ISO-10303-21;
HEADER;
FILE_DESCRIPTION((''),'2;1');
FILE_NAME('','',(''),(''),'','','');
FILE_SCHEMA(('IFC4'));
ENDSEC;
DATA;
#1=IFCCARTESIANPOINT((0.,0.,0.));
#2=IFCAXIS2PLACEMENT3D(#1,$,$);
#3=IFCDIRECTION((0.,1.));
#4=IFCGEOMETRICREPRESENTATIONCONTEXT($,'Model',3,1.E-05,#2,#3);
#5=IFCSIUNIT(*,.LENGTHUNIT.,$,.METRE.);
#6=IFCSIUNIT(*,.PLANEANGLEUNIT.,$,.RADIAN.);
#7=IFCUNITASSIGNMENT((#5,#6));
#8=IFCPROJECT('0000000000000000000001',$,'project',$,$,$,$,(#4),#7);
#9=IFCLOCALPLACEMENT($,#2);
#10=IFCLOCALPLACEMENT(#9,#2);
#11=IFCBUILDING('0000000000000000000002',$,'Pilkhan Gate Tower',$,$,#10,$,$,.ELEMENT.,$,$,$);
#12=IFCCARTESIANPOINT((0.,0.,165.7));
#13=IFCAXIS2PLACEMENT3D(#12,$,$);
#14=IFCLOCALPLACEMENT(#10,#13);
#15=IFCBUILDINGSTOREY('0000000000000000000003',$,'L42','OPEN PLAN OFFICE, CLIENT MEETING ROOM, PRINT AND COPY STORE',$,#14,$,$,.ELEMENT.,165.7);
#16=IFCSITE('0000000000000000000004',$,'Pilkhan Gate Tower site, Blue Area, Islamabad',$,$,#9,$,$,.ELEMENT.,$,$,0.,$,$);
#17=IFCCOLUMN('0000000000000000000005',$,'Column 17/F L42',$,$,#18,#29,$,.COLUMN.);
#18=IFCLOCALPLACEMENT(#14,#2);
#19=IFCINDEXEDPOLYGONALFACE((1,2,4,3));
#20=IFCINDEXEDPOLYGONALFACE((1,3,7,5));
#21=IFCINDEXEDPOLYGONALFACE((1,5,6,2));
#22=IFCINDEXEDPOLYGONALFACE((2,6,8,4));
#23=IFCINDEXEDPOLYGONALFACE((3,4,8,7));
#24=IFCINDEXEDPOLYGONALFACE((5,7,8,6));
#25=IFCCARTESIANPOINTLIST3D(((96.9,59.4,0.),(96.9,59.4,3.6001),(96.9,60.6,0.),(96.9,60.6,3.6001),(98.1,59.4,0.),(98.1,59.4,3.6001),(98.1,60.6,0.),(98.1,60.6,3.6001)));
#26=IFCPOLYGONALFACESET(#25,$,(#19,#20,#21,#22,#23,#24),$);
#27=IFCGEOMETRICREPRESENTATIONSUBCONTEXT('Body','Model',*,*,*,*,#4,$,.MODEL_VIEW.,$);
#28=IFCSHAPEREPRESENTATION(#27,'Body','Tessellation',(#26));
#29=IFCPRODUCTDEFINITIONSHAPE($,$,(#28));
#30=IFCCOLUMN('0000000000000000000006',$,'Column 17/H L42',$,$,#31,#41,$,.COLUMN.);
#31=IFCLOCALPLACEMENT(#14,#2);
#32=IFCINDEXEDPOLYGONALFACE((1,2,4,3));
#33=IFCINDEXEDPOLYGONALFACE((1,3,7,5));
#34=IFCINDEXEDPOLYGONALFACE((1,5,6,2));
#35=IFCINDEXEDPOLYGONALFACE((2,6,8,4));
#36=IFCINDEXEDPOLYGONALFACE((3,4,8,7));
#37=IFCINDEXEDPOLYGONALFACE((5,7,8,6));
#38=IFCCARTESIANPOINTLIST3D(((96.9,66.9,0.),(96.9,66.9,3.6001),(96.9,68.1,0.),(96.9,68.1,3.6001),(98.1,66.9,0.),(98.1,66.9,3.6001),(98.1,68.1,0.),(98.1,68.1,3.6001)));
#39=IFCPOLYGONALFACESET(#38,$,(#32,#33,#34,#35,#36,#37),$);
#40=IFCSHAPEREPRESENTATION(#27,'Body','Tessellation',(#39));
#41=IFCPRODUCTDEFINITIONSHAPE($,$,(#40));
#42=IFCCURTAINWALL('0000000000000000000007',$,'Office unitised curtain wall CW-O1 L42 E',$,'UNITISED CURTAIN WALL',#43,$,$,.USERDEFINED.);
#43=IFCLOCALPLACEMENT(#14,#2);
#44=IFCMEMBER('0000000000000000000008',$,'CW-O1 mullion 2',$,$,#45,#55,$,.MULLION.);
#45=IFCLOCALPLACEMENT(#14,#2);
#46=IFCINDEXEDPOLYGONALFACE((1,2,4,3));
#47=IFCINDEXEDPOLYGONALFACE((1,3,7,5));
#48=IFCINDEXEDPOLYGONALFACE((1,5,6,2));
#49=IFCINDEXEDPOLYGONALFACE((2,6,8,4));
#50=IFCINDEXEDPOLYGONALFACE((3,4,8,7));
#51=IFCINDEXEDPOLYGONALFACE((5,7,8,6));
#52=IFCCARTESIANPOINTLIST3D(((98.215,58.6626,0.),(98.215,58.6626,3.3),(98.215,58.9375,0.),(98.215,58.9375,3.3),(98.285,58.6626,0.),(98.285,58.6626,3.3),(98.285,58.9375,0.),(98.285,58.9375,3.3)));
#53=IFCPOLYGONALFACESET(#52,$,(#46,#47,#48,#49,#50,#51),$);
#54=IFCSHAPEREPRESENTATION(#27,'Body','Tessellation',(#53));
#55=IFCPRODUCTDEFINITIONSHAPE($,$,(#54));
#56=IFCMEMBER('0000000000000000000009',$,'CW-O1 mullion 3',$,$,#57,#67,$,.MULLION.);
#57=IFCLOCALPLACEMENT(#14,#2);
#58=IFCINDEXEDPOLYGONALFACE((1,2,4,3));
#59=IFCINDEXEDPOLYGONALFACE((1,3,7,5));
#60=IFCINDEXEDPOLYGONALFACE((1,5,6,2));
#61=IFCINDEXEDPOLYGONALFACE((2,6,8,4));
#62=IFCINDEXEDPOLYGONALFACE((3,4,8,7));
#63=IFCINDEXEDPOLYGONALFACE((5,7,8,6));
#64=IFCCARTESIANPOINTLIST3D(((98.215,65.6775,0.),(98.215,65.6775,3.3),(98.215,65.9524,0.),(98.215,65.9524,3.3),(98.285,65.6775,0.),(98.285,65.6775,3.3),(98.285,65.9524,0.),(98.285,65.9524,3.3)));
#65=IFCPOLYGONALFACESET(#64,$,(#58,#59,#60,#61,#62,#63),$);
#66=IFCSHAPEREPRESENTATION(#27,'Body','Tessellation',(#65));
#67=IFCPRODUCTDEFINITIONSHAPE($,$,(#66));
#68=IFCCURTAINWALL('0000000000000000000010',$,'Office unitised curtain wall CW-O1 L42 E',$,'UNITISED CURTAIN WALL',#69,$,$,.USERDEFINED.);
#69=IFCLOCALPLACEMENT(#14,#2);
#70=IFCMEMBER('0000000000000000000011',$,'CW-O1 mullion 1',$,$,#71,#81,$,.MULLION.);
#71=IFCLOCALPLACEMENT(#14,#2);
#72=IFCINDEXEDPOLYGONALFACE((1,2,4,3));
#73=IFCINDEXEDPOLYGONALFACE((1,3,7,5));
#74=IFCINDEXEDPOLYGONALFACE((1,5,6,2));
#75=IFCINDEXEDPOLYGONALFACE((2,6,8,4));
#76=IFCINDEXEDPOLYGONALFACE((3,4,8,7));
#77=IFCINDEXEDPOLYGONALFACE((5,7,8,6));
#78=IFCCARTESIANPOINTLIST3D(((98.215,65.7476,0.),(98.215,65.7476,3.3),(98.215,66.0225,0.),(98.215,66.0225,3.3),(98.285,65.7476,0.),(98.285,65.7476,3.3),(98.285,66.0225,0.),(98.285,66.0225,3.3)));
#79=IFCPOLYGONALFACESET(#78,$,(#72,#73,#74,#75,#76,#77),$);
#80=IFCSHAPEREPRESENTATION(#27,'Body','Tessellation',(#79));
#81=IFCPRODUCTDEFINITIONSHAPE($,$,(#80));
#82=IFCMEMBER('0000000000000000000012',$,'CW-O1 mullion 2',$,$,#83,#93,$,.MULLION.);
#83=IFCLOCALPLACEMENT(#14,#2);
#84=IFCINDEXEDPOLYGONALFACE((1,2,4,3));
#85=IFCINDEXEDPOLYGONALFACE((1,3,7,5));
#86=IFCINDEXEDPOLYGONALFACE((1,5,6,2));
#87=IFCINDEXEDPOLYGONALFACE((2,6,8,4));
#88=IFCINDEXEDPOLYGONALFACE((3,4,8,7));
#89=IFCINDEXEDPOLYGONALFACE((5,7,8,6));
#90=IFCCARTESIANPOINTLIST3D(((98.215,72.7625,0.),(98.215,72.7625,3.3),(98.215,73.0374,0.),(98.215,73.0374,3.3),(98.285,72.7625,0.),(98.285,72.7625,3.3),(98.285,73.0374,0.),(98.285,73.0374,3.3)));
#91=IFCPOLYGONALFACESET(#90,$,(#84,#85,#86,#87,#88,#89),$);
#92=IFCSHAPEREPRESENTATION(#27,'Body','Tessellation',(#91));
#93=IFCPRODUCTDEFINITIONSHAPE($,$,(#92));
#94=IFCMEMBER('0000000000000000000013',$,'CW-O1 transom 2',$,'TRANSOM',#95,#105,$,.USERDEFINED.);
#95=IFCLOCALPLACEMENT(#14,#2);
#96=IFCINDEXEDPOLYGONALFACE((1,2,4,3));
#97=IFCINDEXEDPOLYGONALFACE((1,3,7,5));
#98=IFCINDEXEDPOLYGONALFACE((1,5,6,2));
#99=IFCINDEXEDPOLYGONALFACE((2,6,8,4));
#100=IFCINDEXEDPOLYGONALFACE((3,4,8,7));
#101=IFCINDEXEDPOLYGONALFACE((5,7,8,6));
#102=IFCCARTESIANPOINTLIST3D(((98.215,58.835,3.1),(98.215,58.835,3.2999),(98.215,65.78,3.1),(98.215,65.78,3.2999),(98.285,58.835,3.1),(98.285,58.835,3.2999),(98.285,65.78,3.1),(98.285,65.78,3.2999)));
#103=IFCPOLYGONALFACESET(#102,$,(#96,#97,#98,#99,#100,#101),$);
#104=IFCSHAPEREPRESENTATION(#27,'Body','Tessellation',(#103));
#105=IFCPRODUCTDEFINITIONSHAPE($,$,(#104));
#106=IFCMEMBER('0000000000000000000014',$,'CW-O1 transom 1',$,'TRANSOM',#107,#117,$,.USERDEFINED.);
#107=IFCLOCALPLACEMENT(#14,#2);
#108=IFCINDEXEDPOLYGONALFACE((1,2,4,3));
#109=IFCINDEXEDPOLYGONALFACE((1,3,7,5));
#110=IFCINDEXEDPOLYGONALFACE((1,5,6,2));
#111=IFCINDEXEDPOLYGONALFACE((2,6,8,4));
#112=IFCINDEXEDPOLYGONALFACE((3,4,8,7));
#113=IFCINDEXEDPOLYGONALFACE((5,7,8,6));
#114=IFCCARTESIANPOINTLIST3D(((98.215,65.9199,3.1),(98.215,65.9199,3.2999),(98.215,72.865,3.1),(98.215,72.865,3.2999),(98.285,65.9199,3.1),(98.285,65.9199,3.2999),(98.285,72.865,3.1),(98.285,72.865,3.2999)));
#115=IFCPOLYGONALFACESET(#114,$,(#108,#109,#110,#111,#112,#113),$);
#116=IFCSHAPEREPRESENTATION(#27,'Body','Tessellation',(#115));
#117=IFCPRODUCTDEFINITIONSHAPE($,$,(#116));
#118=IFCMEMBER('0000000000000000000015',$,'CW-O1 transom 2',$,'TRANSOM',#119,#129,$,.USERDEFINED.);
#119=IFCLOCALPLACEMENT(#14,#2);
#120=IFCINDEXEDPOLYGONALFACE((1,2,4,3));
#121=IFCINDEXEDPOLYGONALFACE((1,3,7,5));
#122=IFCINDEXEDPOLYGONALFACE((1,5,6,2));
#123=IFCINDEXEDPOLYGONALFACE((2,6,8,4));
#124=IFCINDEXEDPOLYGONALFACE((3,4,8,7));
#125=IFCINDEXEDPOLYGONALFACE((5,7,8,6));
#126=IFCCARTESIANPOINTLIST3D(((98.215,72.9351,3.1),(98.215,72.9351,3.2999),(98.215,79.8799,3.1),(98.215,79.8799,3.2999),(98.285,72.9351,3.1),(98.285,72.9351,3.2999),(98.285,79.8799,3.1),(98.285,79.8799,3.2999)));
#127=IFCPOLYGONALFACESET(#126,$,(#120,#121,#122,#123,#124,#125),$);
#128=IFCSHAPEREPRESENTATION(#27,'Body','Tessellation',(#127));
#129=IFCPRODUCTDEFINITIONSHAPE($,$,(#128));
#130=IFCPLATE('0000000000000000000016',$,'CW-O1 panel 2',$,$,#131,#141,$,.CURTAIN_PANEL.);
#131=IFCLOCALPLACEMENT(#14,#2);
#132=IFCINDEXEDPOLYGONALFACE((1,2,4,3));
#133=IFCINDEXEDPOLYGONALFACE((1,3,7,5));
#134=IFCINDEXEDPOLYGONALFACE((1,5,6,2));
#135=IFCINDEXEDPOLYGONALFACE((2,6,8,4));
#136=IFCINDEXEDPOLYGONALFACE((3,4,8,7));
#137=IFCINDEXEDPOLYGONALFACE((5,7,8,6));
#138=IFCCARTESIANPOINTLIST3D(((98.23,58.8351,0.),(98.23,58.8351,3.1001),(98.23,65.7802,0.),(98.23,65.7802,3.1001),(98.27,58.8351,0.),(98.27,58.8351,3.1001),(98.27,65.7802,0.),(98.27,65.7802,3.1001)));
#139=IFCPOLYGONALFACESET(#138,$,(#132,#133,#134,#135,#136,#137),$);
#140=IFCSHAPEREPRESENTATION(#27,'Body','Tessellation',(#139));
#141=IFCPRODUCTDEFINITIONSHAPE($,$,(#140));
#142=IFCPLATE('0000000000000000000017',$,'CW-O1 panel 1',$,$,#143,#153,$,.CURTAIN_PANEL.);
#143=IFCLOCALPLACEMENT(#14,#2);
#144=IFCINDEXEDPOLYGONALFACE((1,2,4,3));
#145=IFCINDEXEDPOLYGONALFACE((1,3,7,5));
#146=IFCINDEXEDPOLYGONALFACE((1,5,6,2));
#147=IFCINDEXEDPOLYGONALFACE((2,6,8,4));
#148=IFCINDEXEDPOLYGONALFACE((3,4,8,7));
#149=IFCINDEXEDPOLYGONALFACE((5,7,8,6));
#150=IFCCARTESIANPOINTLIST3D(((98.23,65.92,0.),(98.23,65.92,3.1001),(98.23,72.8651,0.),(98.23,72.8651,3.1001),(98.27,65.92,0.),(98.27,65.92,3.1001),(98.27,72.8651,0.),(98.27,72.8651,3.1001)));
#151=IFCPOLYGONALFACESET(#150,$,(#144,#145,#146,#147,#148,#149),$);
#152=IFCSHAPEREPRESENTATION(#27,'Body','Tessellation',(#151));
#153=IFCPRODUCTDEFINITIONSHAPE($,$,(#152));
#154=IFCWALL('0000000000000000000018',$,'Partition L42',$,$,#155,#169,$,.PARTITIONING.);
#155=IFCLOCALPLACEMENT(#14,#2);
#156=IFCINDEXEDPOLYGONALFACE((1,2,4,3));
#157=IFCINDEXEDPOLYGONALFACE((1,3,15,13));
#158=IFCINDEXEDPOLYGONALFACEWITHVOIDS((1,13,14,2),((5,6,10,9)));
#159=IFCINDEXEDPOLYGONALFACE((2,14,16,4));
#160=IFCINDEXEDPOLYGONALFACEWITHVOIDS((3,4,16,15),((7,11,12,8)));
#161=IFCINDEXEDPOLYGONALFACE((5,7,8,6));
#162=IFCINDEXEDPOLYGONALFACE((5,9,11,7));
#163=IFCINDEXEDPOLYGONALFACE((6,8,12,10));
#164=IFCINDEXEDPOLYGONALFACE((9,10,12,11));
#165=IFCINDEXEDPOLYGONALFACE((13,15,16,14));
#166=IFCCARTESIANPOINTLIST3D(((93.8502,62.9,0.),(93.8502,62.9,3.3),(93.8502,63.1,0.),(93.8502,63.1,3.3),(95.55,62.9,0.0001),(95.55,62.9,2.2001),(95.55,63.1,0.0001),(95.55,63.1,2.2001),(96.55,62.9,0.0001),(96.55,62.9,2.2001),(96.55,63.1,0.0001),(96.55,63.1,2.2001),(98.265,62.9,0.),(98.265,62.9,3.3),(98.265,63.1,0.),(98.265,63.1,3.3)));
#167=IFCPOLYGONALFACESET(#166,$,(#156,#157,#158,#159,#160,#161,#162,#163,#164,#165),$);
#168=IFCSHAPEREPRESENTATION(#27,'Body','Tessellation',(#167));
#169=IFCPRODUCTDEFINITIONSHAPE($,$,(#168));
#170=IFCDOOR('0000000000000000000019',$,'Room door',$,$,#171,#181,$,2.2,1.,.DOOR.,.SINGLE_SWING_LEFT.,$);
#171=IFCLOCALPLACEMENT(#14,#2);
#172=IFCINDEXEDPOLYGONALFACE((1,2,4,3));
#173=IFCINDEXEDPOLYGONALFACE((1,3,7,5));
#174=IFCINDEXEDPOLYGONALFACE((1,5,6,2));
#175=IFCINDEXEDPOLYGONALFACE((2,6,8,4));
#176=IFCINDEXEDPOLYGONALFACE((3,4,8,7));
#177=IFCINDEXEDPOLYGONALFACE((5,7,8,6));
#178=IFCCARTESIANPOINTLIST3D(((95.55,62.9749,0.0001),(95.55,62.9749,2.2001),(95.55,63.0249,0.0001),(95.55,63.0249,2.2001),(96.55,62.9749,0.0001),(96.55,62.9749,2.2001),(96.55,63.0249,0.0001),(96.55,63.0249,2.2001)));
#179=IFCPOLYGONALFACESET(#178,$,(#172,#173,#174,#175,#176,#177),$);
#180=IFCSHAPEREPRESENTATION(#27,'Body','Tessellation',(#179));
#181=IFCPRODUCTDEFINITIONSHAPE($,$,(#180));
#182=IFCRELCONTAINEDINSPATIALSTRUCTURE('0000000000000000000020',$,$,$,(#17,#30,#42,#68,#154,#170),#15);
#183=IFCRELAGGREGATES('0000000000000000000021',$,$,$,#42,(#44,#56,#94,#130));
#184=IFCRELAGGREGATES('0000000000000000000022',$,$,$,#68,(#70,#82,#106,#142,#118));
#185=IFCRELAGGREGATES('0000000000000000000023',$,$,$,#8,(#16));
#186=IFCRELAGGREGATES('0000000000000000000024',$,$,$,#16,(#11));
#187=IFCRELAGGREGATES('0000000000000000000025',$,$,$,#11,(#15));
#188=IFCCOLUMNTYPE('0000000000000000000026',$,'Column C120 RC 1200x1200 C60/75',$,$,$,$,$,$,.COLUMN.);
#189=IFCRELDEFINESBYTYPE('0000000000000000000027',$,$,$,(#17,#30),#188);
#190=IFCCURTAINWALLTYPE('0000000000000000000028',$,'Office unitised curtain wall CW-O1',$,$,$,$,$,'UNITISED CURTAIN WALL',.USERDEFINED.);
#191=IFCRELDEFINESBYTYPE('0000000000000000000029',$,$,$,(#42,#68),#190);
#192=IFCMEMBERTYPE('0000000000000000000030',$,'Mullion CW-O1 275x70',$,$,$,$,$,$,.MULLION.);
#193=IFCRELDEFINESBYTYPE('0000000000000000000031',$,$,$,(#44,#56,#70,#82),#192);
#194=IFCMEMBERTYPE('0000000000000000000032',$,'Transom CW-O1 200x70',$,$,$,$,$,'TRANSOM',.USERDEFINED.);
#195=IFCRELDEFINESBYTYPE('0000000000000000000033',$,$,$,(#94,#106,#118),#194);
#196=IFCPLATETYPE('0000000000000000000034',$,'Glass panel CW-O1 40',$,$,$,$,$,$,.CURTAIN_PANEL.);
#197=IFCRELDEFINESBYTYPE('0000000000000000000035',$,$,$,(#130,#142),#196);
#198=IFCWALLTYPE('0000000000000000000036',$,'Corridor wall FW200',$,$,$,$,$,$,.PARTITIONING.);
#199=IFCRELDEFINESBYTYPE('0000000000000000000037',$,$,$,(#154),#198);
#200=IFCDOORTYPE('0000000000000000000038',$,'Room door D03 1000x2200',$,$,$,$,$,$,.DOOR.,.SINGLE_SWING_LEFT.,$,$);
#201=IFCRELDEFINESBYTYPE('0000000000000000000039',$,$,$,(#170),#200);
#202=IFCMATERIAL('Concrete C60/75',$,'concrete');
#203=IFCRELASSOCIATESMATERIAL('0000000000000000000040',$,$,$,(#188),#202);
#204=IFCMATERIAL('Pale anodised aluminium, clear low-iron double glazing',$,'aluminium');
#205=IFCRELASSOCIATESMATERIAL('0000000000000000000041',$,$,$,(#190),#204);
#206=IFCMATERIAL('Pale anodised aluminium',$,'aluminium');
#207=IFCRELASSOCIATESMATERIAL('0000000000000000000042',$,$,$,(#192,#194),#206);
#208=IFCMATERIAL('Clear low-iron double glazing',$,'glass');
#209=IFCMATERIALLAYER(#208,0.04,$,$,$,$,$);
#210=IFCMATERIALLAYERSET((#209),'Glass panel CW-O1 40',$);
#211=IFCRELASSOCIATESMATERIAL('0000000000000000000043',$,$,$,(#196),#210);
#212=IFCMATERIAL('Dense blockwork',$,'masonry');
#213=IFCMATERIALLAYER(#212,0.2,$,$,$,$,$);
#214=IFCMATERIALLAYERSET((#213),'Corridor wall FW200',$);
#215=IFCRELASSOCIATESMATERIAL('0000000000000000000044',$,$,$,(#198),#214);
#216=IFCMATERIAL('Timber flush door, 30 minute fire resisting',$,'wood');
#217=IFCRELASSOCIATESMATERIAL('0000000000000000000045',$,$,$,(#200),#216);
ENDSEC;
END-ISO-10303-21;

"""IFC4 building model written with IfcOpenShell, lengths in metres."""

from ifc_helpers import new_model, si_unit, direction, frame, frame_2d, origin, origin_2d, place, context, subcontext, project, spatial, rectangle, extrude, material, layer, layer_set, material_profile, profile_set, type_object, element, fill, aggregate, save


model = new_model("IFC4")

# Units and contexts
model_context = context("Model", 3, precision=1e-05, world=origin(), true_north=direction((0.0, 1.0)))
body_context = subcontext(model_context, "Body", "Model", "MODEL_VIEW")
ifc_project = project(units=[si_unit("LENGTHUNIT", "METRE"), si_unit("PLANEANGLEUNIT", "RADIAN")], contexts=[model_context])

# Site, building, storey
site_placement = place(None, origin())
site = spatial("IfcSite", under=ifc_project, at=site_placement, Name="Pilkhan Gate Tower site, Blue Area, Islamabad", CompositionType="ELEMENT", RefElevation=0.0)
building_placement = place(site_placement, origin())
building = spatial("IfcBuilding", under=site, at=building_placement, Name="Pilkhan Gate Tower", CompositionType="ELEMENT")
storey_placement = place(building_placement, frame((0.0, 0.0, 165.7)))
storey = spatial("IfcBuildingStorey", under=building, at=storey_placement, Name="L42", Description="OPEN PLAN OFFICE, CLIENT MEETING ROOM, PRINT AND COPY STORE", CompositionType="ELEMENT", Elevation=165.7)

# Columns
ifc_material_1 = material(Name="Concrete C60/75", Category="concrete")
ifc_material_profile_1 = material_profile(ifc_material_1, rectangle(XDim=1.2, YDim=1.2, at=origin_2d()), Name="RC 1200x1200")
ifc_profile_set_1 = profile_set([ifc_material_profile_1], Name="Concrete C60/75")
column_type = type_object("IfcColumnType", Name="Column C120 RC 1200x1200 C60/75", PredefinedType="COLUMN", material=ifc_profile_set_1)
for number, where, z_axis, x_axis, name in (
    (1, (97.5, 60.0, 0.0), (0.0, 0.0, 1.0), (1.0, 0.0, 0.0), "Column 17/F L42"),
    (2, (97.5, 67.5, 0.0), (0.0, 0.0, 1.0), (1.0, 0.0, 0.0), "Column 17/H L42"),
):
    element("IfcColumn", number, at=place(storey_placement, frame(where, z_axis=z_axis, x_axis=x_axis)), inside=storey, type_object=column_type, Name=name, PredefinedType="COLUMN", context=body_context, shape_type="SweptSolid", body=[
        extrude(rectangle(XDim=1.2, YDim=1.2, at=origin_2d()), origin(), (0.0, 0.0, 1.0), 3.6001),
    ])

# Curtain walls, members
ifc_material_2 = material(Name="Pale anodised aluminium, clear low-iron double glazing", Category="aluminium")
curtain_wall_type = type_object("IfcCurtainWallType", Name="Office unitised curtain wall CW-O1", ElementType="UNITISED CURTAIN WALL", PredefinedType="USERDEFINED", material=ifc_material_2)
curtain_wall_1_placement = place(storey_placement, origin())
curtain_wall_1 = element("IfcCurtainWall", 3, at=curtain_wall_1_placement, inside=storey, type_object=curtain_wall_type, Name="Office unitised curtain wall CW-O1 L42 E", ObjectType="UNITISED CURTAIN WALL", PredefinedType="USERDEFINED")
ifc_material_3 = material(Name="Pale anodised aluminium", Category="aluminium")
ifc_material_profile_2 = material_profile(ifc_material_3, rectangle(XDim=0.0701, YDim=0.2749, at=origin_2d()), Name="Mullion 275x70")
ifc_profile_set_2 = profile_set([ifc_material_profile_2], Name="Pale anodised aluminium")
member_type_1 = type_object("IfcMemberType", Name="Mullion CW-O1 275x70", PredefinedType="MULLION", material=ifc_profile_set_2)
member_1_placement = place(storey_placement, frame((98.25, 58.8, 0.0), z_axis=(0.0, 0.0, 1.0), x_axis=(-1.0, 0.0, 0.0)))
member_1 = element("IfcMember", 4, at=member_1_placement, type_object=member_type_1, Name="CW-O1 mullion 2", PredefinedType="MULLION", context=body_context, shape_type="SweptSolid", body=[
    extrude(rectangle(XDim=0.0701, YDim=0.2749, at=origin_2d()), origin(), (0.0, 0.0, 1.0), 3.3),
])
member_2_placement = place(storey_placement, frame((98.25, 65.8149, 0.0), z_axis=(0.0, 0.0, 1.0), x_axis=(-1.0, 0.0, 0.0)))
member_2 = element("IfcMember", 5, at=member_2_placement, type_object=member_type_1, Name="CW-O1 mullion 3", PredefinedType="MULLION", context=body_context, shape_type="SweptSolid", body=[
    extrude(rectangle(XDim=0.0701, YDim=0.2749, at=origin_2d()), origin(), (0.0, 0.0, 1.0), 3.3),
])
curtain_wall_2_placement = place(storey_placement, origin())
curtain_wall_2 = element("IfcCurtainWall", 6, at=curtain_wall_2_placement, inside=storey, type_object=curtain_wall_type, Name="Office unitised curtain wall CW-O1 L42 E", ObjectType="UNITISED CURTAIN WALL", PredefinedType="USERDEFINED")
member_3_placement = place(storey_placement, frame((98.25, 65.885, 0.0), z_axis=(0.0, 0.0, 1.0), x_axis=(-1.0, 0.0, 0.0)))
member_3 = element("IfcMember", 7, at=member_3_placement, type_object=member_type_1, Name="CW-O1 mullion 1", PredefinedType="MULLION", context=body_context, shape_type="SweptSolid", body=[
    extrude(rectangle(XDim=0.0701, YDim=0.2749, at=origin_2d()), origin(), (0.0, 0.0, 1.0), 3.3),
])
member_4_placement = place(storey_placement, frame((98.25, 72.8999, 0.0), z_axis=(0.0, 0.0, 1.0), x_axis=(-1.0, 0.0, 0.0)))
member_4 = element("IfcMember", 8, at=member_4_placement, type_object=member_type_1, Name="CW-O1 mullion 2", PredefinedType="MULLION", context=body_context, shape_type="SweptSolid", body=[
    extrude(rectangle(XDim=0.0701, YDim=0.2749, at=origin_2d()), origin(), (0.0, 0.0, 1.0), 3.3),
])

# Members
ifc_material_profile_3 = material_profile(ifc_material_3, rectangle(XDim=0.0701, YDim=0.2, at=origin_2d()), Name="Transom 200x70")
ifc_profile_set_3 = profile_set([ifc_material_profile_3], Name="Pale anodised aluminium")
member_type_2 = type_object("IfcMemberType", Name="Transom CW-O1 200x70", ElementType="TRANSOM", PredefinedType="USERDEFINED", material=ifc_profile_set_3)
member_5_placement = place(storey_placement, frame((98.25, 58.835, 3.2), z_axis=(0.0, 1.0, 0.0), x_axis=(-1.0, 0.0, 0.0)))
member_5 = element("IfcMember", 9, at=member_5_placement, type_object=member_type_2, Name="CW-O1 transom 2", ObjectType="TRANSOM", PredefinedType="USERDEFINED", context=body_context, shape_type="SweptSolid", body=[
    extrude(rectangle(XDim=0.0701, YDim=0.2, at=origin_2d()), origin(), (0.0, 0.0, 1.0), 6.9451),
])
member_6_placement = place(storey_placement, frame((98.25, 65.9199, 3.2), z_axis=(0.0, 1.0, 0.0), x_axis=(-1.0, 0.0, 0.0)))
member_6 = element("IfcMember", 10, at=member_6_placement, type_object=member_type_2, Name="CW-O1 transom 1", ObjectType="TRANSOM", PredefinedType="USERDEFINED", context=body_context, shape_type="SweptSolid", body=[
    extrude(rectangle(XDim=0.0701, YDim=0.2, at=origin_2d()), origin(), (0.0, 0.0, 1.0), 6.9451),
])
member_7_placement = place(storey_placement, frame((98.25, 72.9351, 3.2), z_axis=(0.0, 1.0, 0.0), x_axis=(-1.0, 0.0, 0.0)))
member_7 = element("IfcMember", 11, at=member_7_placement, type_object=member_type_2, Name="CW-O1 transom 2", ObjectType="TRANSOM", PredefinedType="USERDEFINED", context=body_context, shape_type="SweptSolid", body=[
    extrude(rectangle(XDim=0.0701, YDim=0.2, at=origin_2d()), origin(), (0.0, 0.0, 1.0), 6.9448),
])

# Plates
ifc_material_4 = material(Name="Clear low-iron double glazing", Category="glass")
ifc_layer_1 = layer(ifc_material_4, 0.04)
ifc_layer_set_1 = layer_set([ifc_layer_1], Name="Glass panel CW-O1 40")
plate_type = type_object("IfcPlateType", Name="Glass panel CW-O1 40", PredefinedType="CURTAIN_PANEL", material=ifc_layer_set_1)
plate_1_placement = place(storey_placement, frame((98.25, 62.3076, 0.0), z_axis=(0.0, 0.0, 1.0), x_axis=(0.0, 1.0, 0.0)))
plate_1 = element("IfcPlate", 12, at=plate_1_placement, type_object=plate_type, Name="CW-O1 panel 2", PredefinedType="CURTAIN_PANEL", context=body_context, shape_type="SweptSolid", body=[
    extrude(rectangle(XDim=6.9451, YDim=0.04, at=origin_2d()), origin(), (0.0, 0.0, 1.0), 3.1001),
])
aggregate(curtain_wall_1, [member_1, member_2, member_5, plate_1])
plate_2_placement = place(storey_placement, frame((98.25, 69.3926, 0.0), z_axis=(0.0, 0.0, 1.0), x_axis=(0.0, 1.0, 0.0)))
plate_2 = element("IfcPlate", 13, at=plate_2_placement, type_object=plate_type, Name="CW-O1 panel 1", PredefinedType="CURTAIN_PANEL", context=body_context, shape_type="SweptSolid", body=[
    extrude(rectangle(XDim=6.9451, YDim=0.04, at=origin_2d()), origin(), (0.0, 0.0, 1.0), 3.1001),
])
aggregate(curtain_wall_2, [member_3, member_4, member_6, plate_2, member_7])

# Wall, opening, door
ifc_material_5 = material(Name="Dense blockwork", Category="masonry")
ifc_layer_2 = layer(ifc_material_5, 0.2)
ifc_layer_set_2 = layer_set([ifc_layer_2], Name="Corridor wall FW200")
wall_type_1 = type_object("IfcWallType", Name="Corridor wall FW200", PredefinedType="PARTITIONING", material=ifc_layer_set_2)
wall_1_placement = place(storey_placement, frame((93.8501, 63.0, 0.0), z_axis=(0.0, 0.0, 1.0), x_axis=(1.0, 0.0, 0.0)))
wall_1 = element("IfcWall", 14, at=wall_1_placement, inside=storey, type_object=wall_type_1, Name="Partition L42", PredefinedType="PARTITIONING", context=body_context, shape_type="SweptSolid", body=[
    extrude(rectangle(XDim=4.4148, YDim=0.2, at=frame_2d((2.2075, 0.0))), origin(), (0.0, 0.0, 1.0), 3.3),
])
opening_1_placement = place(wall_1_placement, frame((1.7, 0.0, 0.0)))
opening_1 = element("IfcOpeningElement", 15, at=opening_1_placement, cuts=wall_1, PredefinedType="OPENING", context=body_context, shape_type="SweptSolid", body=[
    extrude(rectangle(XDim=1.0, YDim=2.2, at=frame_2d((0.5, 1.1001))), frame((0.0, 0.1099, 0.0), z_axis=(0.0, -1.0, 0.0), x_axis=(1.0, 0.0, 0.0)), (0.0, 0.0, 1.0), 0.22),
])
ifc_material_6 = material(Name="Timber flush door, 30 minute fire resisting", Category="wood")
door_type_1 = type_object("IfcDoorType", Name="Room door D03 1000x2200", OperationType="SINGLE_SWING_LEFT", PredefinedType="DOOR", material=ifc_material_6)
door_1_placement = place(opening_1_placement, origin())
door_1 = element("IfcDoor", 16, at=door_1_placement, inside=storey, type_object=door_type_1, Name="Room door", OperationType="SINGLE_SWING_LEFT", OverallHeight=2.2, OverallWidth=1.0, PredefinedType="DOOR", context=body_context, shape_type="SweptSolid", body=[
    extrude(rectangle(XDim=1.0, YDim=2.2, at=frame_2d((0.5, 1.1001))), frame((0.0, 0.0249, 0.0), z_axis=(0.0, -1.0, 0.0), x_axis=(1.0, 0.0, 0.0)), (0.0, 0.0, 1.0), 0.05),
])
fill(opening_1, door_1)

save(model, "model.ifc")
